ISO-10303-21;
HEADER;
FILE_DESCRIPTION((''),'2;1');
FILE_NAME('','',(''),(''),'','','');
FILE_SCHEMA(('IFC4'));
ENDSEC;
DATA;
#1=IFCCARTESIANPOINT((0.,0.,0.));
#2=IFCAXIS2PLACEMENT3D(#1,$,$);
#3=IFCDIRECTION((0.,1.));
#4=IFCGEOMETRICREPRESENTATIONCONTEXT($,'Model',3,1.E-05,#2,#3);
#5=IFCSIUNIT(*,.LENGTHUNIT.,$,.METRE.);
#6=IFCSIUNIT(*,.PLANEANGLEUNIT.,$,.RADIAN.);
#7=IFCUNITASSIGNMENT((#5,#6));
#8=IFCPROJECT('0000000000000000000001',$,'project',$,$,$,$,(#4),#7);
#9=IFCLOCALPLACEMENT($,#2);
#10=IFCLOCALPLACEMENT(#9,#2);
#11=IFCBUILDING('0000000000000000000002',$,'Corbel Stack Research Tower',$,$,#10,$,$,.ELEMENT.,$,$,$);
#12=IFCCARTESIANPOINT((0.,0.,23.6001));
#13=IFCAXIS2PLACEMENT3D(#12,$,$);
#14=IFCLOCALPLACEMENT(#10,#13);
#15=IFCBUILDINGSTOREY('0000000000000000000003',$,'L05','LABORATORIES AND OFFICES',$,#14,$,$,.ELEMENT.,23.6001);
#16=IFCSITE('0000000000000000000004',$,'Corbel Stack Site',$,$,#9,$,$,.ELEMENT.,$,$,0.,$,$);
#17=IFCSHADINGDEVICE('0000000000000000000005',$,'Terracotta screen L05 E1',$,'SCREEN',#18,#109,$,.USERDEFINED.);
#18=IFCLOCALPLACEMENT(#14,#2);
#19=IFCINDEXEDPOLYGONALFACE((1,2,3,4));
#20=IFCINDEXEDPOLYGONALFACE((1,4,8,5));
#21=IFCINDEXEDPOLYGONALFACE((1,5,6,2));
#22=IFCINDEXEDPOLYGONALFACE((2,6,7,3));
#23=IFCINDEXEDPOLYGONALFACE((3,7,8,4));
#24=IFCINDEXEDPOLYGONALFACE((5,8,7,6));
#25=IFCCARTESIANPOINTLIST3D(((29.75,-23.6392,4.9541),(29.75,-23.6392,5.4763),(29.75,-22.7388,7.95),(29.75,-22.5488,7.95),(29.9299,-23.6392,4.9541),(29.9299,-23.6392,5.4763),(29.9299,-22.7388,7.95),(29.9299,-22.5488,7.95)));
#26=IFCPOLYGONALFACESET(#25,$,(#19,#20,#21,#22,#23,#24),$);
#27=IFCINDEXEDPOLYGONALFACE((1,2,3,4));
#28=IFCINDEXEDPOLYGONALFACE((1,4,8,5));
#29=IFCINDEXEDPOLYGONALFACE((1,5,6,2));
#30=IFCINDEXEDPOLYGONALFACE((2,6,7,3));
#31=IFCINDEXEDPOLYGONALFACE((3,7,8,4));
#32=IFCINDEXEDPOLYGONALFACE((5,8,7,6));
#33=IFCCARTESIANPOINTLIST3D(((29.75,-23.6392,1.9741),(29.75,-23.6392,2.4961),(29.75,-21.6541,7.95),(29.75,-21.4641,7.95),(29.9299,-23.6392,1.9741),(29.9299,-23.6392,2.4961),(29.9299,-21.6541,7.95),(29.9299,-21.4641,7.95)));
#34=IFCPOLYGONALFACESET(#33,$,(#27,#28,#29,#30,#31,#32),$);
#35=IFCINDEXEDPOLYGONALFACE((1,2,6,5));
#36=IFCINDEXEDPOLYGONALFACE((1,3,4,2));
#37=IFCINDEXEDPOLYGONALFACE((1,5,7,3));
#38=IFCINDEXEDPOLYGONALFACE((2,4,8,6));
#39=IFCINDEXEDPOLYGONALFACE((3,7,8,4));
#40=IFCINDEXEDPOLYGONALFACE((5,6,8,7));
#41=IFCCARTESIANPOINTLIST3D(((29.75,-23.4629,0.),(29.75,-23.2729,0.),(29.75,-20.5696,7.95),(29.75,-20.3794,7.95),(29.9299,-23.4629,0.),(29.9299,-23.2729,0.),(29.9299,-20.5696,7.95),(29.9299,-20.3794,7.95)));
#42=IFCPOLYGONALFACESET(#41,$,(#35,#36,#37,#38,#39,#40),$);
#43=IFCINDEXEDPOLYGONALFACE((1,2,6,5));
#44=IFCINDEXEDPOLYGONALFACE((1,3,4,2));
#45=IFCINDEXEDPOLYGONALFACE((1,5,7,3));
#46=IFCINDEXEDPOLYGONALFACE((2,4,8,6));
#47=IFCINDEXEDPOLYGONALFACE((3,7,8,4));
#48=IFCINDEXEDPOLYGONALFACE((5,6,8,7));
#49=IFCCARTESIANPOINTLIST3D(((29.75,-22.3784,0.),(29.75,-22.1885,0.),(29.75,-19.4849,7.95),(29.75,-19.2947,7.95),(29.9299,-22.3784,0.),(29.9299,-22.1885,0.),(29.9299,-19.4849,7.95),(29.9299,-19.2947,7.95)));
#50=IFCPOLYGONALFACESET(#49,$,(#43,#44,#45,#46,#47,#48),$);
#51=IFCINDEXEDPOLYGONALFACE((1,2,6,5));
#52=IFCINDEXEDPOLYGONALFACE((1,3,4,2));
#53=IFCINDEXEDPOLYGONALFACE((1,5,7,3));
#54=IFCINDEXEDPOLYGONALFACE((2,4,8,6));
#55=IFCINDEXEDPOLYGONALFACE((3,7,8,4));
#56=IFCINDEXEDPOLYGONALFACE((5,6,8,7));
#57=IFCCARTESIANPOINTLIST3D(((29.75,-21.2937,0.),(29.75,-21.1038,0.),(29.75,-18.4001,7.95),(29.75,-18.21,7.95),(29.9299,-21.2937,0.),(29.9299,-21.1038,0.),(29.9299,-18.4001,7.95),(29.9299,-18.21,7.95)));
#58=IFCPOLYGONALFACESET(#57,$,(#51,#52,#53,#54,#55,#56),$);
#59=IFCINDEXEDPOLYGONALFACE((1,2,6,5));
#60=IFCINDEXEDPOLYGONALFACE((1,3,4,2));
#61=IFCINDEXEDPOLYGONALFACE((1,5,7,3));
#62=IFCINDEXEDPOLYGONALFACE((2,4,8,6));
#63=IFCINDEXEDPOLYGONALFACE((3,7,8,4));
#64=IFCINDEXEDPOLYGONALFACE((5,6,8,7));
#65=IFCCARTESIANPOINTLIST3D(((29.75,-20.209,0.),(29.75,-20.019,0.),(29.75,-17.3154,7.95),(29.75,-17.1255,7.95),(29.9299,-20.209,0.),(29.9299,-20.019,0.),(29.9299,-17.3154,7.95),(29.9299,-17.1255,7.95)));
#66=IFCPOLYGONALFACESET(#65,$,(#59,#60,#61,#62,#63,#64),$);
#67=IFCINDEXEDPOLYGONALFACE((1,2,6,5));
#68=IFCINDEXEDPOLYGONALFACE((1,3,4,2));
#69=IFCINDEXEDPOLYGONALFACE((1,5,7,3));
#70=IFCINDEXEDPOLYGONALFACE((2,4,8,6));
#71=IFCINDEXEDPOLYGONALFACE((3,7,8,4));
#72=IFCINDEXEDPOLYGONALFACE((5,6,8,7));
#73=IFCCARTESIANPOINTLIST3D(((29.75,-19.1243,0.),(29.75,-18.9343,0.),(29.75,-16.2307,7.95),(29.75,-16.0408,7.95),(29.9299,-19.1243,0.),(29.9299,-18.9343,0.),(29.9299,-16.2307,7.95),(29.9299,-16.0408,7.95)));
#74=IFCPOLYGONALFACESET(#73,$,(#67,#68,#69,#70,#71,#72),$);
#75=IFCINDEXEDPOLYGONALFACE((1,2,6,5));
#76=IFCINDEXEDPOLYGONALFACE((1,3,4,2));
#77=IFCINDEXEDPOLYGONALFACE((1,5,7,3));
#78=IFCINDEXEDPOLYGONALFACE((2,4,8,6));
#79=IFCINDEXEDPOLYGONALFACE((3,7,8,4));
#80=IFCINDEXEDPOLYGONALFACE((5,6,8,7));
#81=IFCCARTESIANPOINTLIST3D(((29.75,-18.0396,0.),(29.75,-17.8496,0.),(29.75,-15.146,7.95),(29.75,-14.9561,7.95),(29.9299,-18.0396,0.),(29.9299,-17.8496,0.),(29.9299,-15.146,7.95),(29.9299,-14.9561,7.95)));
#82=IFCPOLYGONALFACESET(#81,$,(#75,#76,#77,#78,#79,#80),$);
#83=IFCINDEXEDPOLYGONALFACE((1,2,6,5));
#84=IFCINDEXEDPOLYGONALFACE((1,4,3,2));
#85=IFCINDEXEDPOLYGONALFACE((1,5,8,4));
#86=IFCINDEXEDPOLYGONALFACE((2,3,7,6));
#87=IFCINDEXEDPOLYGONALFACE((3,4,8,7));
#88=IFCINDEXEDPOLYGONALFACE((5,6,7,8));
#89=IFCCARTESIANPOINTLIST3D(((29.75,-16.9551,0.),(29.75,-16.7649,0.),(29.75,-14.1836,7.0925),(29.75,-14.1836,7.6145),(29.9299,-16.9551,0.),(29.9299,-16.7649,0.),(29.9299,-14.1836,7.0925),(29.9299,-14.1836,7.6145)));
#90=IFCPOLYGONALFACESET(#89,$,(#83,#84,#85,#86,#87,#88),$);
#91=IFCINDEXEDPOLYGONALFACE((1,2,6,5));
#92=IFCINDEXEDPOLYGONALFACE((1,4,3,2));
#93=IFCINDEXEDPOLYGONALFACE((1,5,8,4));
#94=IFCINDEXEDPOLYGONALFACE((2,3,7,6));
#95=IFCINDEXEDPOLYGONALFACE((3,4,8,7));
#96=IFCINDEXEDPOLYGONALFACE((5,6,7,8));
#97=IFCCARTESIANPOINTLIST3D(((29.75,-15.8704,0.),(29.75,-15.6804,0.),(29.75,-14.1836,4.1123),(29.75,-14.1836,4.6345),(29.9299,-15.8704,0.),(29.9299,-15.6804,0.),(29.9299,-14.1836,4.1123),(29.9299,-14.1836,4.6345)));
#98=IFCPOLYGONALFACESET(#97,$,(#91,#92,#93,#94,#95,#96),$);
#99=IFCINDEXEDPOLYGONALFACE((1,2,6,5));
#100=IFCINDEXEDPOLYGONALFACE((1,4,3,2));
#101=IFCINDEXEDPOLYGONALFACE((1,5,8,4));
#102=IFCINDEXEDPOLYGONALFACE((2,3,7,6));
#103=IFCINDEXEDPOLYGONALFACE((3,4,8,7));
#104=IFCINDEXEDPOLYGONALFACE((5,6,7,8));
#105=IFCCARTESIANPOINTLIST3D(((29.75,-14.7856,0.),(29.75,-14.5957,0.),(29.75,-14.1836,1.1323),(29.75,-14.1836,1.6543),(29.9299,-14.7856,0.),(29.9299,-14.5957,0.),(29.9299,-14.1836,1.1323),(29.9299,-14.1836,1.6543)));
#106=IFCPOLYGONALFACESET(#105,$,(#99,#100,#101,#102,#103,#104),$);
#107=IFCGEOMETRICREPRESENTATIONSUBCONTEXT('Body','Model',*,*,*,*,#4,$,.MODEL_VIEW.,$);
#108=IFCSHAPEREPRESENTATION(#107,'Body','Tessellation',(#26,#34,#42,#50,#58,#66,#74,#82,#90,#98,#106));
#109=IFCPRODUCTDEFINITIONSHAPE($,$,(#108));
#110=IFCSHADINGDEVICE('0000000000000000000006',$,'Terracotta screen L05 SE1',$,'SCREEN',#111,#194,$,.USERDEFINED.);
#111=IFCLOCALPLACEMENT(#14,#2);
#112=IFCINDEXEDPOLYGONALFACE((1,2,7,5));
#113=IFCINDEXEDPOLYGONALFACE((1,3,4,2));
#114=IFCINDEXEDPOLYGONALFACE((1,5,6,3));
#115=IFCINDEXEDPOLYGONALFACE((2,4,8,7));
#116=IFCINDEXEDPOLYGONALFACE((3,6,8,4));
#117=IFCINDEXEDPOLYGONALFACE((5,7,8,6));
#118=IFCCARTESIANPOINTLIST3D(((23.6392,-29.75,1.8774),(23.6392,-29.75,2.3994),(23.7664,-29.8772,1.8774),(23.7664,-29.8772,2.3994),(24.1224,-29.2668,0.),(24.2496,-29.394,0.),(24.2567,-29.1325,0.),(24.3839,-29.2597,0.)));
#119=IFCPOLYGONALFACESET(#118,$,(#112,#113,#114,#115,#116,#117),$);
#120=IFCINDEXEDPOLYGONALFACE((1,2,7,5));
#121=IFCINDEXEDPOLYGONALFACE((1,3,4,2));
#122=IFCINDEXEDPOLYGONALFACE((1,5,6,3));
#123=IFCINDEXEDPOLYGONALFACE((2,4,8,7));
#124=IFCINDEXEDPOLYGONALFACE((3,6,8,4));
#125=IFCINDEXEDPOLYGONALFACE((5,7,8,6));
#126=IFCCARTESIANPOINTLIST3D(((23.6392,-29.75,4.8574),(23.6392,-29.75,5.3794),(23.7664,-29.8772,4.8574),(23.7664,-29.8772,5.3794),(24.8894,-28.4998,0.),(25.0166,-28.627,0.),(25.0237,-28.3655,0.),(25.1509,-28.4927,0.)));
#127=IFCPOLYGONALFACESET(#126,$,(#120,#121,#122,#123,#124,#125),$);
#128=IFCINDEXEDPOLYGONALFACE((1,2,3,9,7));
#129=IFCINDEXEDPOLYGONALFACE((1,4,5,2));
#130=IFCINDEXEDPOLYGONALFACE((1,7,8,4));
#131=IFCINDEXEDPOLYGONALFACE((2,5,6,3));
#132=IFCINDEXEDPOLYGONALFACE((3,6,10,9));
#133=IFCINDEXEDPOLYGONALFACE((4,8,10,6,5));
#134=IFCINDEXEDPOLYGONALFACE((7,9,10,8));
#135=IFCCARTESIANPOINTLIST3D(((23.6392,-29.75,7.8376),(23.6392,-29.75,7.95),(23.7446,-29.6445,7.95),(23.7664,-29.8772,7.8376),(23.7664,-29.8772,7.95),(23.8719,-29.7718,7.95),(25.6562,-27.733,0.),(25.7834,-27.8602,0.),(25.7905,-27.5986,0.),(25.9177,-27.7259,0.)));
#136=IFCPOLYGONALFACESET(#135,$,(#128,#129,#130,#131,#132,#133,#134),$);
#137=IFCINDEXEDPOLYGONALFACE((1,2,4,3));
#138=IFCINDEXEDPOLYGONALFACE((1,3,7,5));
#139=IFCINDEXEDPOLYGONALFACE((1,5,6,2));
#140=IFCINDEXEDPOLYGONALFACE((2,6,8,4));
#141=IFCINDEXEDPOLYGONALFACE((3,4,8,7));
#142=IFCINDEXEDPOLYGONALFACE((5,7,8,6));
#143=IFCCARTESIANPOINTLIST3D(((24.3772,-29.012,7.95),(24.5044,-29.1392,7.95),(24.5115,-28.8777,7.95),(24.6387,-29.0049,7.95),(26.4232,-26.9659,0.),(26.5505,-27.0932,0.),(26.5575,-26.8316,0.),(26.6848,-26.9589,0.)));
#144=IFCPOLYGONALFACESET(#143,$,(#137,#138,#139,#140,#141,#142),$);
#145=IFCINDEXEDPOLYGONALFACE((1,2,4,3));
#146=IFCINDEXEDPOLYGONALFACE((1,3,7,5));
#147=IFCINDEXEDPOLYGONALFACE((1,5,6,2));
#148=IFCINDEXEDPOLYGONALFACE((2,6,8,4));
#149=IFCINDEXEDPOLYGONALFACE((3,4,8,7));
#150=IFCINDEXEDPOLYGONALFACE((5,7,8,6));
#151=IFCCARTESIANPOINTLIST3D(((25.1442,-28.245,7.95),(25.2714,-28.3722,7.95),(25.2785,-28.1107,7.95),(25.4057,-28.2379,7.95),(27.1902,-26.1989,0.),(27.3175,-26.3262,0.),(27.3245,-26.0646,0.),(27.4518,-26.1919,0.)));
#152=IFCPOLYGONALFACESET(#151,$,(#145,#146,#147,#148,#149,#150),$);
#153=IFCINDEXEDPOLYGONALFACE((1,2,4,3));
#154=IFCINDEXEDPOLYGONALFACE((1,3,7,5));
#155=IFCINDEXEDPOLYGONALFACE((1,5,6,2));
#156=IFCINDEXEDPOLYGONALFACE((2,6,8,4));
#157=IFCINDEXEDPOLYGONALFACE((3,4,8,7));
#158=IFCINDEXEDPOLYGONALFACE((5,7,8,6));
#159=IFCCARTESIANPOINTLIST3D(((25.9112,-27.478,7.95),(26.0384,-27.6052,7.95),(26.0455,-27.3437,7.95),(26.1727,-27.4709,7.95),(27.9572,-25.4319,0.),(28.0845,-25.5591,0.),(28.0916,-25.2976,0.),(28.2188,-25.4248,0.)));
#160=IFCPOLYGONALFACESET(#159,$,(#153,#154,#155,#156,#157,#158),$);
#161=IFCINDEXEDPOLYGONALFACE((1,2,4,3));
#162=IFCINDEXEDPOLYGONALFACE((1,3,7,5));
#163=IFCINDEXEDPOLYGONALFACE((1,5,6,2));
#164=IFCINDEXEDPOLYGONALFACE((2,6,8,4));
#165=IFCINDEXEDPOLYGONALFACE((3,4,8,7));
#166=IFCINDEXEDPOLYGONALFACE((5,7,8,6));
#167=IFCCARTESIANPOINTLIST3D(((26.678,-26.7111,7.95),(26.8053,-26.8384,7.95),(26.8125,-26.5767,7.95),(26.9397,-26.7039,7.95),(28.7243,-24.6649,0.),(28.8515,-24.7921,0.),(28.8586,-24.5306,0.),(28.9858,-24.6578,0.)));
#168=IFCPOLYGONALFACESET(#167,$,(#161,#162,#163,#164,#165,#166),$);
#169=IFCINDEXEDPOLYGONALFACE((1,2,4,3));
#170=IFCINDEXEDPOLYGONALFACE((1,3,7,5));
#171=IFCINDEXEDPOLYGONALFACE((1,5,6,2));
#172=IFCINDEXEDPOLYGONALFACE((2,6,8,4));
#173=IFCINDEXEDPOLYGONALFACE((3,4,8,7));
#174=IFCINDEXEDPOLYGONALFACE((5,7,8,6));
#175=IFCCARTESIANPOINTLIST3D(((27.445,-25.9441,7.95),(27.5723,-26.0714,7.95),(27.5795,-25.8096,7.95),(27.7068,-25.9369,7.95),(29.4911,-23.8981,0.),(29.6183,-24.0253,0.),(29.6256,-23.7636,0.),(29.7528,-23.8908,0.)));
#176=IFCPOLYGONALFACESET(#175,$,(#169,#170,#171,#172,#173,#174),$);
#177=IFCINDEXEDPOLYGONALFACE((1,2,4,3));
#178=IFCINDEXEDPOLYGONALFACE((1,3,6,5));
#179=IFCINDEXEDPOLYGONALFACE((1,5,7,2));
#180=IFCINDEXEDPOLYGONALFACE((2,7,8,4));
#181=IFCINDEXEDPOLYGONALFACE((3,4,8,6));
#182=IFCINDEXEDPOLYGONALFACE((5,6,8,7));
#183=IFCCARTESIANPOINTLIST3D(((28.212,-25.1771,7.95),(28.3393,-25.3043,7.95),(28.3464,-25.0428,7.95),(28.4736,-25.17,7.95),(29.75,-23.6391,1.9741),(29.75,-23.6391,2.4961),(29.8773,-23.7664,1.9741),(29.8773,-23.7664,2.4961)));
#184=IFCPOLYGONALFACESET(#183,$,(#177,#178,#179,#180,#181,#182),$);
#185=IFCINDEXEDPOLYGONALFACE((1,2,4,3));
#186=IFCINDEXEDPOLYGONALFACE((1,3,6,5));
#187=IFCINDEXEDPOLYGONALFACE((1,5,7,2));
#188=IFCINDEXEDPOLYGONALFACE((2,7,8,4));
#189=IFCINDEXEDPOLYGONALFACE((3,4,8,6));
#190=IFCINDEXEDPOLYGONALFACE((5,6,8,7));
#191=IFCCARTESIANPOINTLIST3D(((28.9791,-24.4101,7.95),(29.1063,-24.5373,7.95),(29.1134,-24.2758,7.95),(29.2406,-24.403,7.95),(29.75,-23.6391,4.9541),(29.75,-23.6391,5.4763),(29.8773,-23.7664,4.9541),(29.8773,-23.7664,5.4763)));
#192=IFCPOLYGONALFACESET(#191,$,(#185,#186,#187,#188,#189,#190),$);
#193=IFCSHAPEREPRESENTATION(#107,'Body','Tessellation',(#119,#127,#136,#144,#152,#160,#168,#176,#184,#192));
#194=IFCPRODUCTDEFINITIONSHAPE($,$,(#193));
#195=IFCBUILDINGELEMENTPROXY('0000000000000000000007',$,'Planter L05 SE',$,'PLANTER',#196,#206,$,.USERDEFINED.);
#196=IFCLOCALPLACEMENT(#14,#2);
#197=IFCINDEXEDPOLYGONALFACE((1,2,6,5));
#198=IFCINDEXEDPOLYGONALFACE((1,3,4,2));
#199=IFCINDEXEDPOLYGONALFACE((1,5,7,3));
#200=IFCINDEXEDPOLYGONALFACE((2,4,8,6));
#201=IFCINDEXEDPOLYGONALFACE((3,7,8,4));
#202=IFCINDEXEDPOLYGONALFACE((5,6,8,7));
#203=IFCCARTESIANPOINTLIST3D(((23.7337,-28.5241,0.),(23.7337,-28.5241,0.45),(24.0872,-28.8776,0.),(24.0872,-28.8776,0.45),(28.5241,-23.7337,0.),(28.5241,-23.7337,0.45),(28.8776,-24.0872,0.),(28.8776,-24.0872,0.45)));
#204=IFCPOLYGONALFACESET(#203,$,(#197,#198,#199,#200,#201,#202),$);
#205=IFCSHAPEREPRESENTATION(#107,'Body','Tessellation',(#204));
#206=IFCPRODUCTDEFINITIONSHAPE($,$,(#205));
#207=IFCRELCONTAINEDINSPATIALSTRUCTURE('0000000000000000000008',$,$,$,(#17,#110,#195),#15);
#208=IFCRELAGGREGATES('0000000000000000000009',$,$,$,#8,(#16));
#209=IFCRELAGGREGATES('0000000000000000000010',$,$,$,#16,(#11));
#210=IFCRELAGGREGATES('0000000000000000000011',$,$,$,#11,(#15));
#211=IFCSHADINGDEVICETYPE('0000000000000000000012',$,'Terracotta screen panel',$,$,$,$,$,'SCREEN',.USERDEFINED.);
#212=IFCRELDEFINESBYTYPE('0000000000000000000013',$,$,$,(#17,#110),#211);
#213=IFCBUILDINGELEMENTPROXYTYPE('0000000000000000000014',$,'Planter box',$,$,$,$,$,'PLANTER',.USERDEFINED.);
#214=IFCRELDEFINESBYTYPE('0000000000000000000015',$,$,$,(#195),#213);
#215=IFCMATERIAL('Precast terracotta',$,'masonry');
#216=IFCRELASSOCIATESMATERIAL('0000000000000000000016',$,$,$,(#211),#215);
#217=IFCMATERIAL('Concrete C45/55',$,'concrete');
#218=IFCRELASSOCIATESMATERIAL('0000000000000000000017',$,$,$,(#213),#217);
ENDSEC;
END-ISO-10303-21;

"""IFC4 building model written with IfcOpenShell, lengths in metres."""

from ifc_helpers import new_model, si_unit, direction, frame, origin, origin_2d, place, context, subcontext, project, spatial, polyline, rectangle, outline, extrude, source, transform, mapped, material, type_object, element, save


model = new_model("IFC4")

# Units and contexts
model_context = context("Model", 3, precision=1e-05, world=origin(), true_north=direction((0.0, 1.0)))
body_context = subcontext(model_context, "Body", "Model", "MODEL_VIEW")
ifc_project = project(units=[si_unit("LENGTHUNIT", "METRE"), si_unit("PLANEANGLEUNIT", "RADIAN")], contexts=[model_context])

# Site, building, storey
site_placement = place(None, origin())
site = spatial("IfcSite", under=ifc_project, at=site_placement, Name="Corbel Stack Site", CompositionType="ELEMENT", RefElevation=0.0)
building_placement = place(site_placement, origin())
building = spatial("IfcBuilding", under=site, at=building_placement, Name="Corbel Stack Research Tower", CompositionType="ELEMENT")
storey_placement = place(building_placement, frame((0.0, 0.0, 23.6001)))
storey = spatial("IfcBuildingStorey", under=building, at=storey_placement, Name="L05", Description="LABORATORIES AND OFFICES", CompositionType="ELEMENT", Elevation=23.6001)

# Shading devices
ifc_material_1 = material(Name="Precast terracotta", Category="masonry")
shading_device_type = type_object("IfcShadingDeviceType", Name="Terracotta screen panel", ElementType="SCREEN", PredefinedType="USERDEFINED", material=ifc_material_1)
shared_shape_1 = source(origin(), body_context, "Body", "SweptSolid", [
    extrude(outline(polyline([(1.0903, 7.95), (0.9004, 7.95), (0.0, 5.4763), (0.0, 4.9541), (1.0903, 7.95)])), frame((0.0, 0.0, 0.0), z_axis=(0.0, -1.0, 0.0), x_axis=(1.0, 0.0, 0.0)), (0.0, 0.0, 1.0), 0.1799),
    extrude(outline(polyline([(2.175, 7.95), (1.9851, 7.95), (0.0, 2.4961), (0.0, 1.9741), (2.175, 7.95)])), frame((0.0, 0.0, 0.0), z_axis=(0.0, -1.0, 0.0), x_axis=(1.0, 0.0, 0.0)), (0.0, 0.0, 1.0), 0.1799),
    extrude(outline(polyline([(0.3662, 0.0), (3.2598, 7.95), (3.0696, 7.95), (0.1763, 0.0), (0.3662, 0.0)])), frame((0.0, 0.0, 0.0), z_axis=(0.0, -1.0, 0.0), x_axis=(1.0, 0.0, 0.0)), (0.0, 0.0, 1.0), 0.1799),
    extrude(outline(polyline([(1.4507, 0.0), (4.3445, 7.95), (4.1543, 7.95), (1.2607, 0.0), (1.4507, 0.0)])), frame((0.0, 0.0, 0.0), z_axis=(0.0, -1.0, 0.0), x_axis=(1.0, 0.0, 0.0)), (0.0, 0.0, 1.0), 0.1799),
    extrude(outline(polyline([(2.5354, 0.0), (5.4292, 7.95), (5.239, 7.95), (2.3455, 0.0), (2.5354, 0.0)])), frame((0.0, 0.0, 0.0), z_axis=(0.0, -1.0, 0.0), x_axis=(1.0, 0.0, 0.0)), (0.0, 0.0, 1.0), 0.1799),
    extrude(outline(polyline([(3.6201, 0.0), (6.5137, 7.95), (6.3237, 7.95), (3.4302, 0.0), (3.6201, 0.0)])), frame((0.0, 0.0, 0.0), z_axis=(0.0, -1.0, 0.0), x_axis=(1.0, 0.0, 0.0)), (0.0, 0.0, 1.0), 0.1799),
    extrude(outline(polyline([(4.7048, 0.0), (7.5984, 7.95), (7.4084, 7.95), (4.5149, 0.0), (4.7048, 0.0)])), frame((0.0, 0.0, 0.0), z_axis=(0.0, -1.0, 0.0), x_axis=(1.0, 0.0, 0.0)), (0.0, 0.0, 1.0), 0.1799),
    extrude(outline(polyline([(5.7896, 0.0), (8.6831, 7.95), (8.4932, 7.95), (5.5996, 0.0), (5.7896, 0.0)])), frame((0.0, 0.0, 0.0), z_axis=(0.0, -1.0, 0.0), x_axis=(1.0, 0.0, 0.0)), (0.0, 0.0, 1.0), 0.1799),
    extrude(outline(polyline([(6.8743, 0.0), (9.4556, 7.0925), (9.4556, 7.6145), (6.6841, 0.0), (6.8743, 0.0)])), frame((0.0, 0.0, 0.0), z_axis=(0.0, -1.0, 0.0), x_axis=(1.0, 0.0, 0.0)), (0.0, 0.0, 1.0), 0.1799),
    extrude(outline(polyline([(7.9587, 0.0), (9.4556, 4.1123), (9.4556, 4.6345), (7.7688, 0.0), (7.9587, 0.0)])), frame((0.0, 0.0, 0.0), z_axis=(0.0, -1.0, 0.0), x_axis=(1.0, 0.0, 0.0)), (0.0, 0.0, 1.0), 0.1799),
    extrude(outline(polyline([(9.0435, 0.0), (9.4556, 1.1323), (9.4556, 1.6543), (8.8535, 0.0), (9.0435, 0.0)])), frame((0.0, 0.0, 0.0), z_axis=(0.0, -1.0, 0.0), x_axis=(1.0, 0.0, 0.0)), (0.0, 0.0, 1.0), 0.1799),
])
shading_device_1_placement = place(storey_placement, frame((29.75, -23.6392, 0.0), z_axis=(0.0, 0.0, 1.0), x_axis=(0.0, 1.0, 0.0)))
element("IfcShadingDevice", 1, at=shading_device_1_placement, inside=storey, type_object=shading_device_type, Name="Terracotta screen L05 E1", ObjectType="SCREEN", PredefinedType="USERDEFINED", context=body_context, shape_type="MappedRepresentation", body=[
    mapped(shared_shape_1, transform((0.0, 0.0, 0.0))),
])
shared_shape_2 = source(origin(), body_context, "Body", "SweptSolid", [
    extrude(outline(polyline([(0.8733, 0.0), (0.0, 2.3994), (0.0, 1.8774), (0.6833, 0.0), (0.8733, 0.0)])), frame((0.0, 0.0, 0.0), z_axis=(0.0, -1.0, 0.0), x_axis=(1.0, 0.0, 0.0)), (0.0, 0.0, 1.0), 0.1799),
    extrude(outline(polyline([(1.958, 0.0), (0.0, 5.3794), (0.0, 4.8574), (1.7681, 0.0), (1.958, 0.0)])), frame((0.0, 0.0, 0.0), z_axis=(0.0, -1.0, 0.0), x_axis=(1.0, 0.0, 0.0)), (0.0, 0.0, 1.0), 0.1799),
    extrude(outline(polyline([(3.0425, 0.0), (0.1492, 7.95), (0.0, 7.95), (0.0, 7.8376), (2.8525, 0.0), (3.0425, 0.0)])), frame((0.0, 0.0, 0.0), z_axis=(0.0, -1.0, 0.0), x_axis=(1.0, 0.0, 0.0)), (0.0, 0.0, 1.0), 0.1799),
    extrude(outline(polyline([(4.1272, 0.0), (1.2336, 7.95), (1.0437, 7.95), (3.9373, 0.0), (4.1272, 0.0)])), frame((0.0, 0.0, 0.0), z_axis=(0.0, -1.0, 0.0), x_axis=(1.0, 0.0, 0.0)), (0.0, 0.0, 1.0), 0.1799),
    extrude(outline(polyline([(5.2119, 0.0), (2.3184, 7.95), (2.1284, 7.95), (5.022, 0.0), (5.2119, 0.0)])), frame((0.0, 0.0, 0.0), z_axis=(0.0, -1.0, 0.0), x_axis=(1.0, 0.0, 0.0)), (0.0, 0.0, 1.0), 0.1799),
    extrude(outline(polyline([(6.2966, 0.0), (3.4031, 7.95), (3.2131, 7.95), (6.1067, 0.0), (6.2966, 0.0)])), frame((0.0, 0.0, 0.0), z_axis=(0.0, -1.0, 0.0), x_axis=(1.0, 0.0, 0.0)), (0.0, 0.0, 1.0), 0.1799),
    extrude(outline(polyline([(7.3813, 0.0), (4.4878, 7.95), (4.2976, 7.95), (7.1914, 0.0), (7.3813, 0.0)])), frame((0.0, 0.0, 0.0), z_axis=(0.0, -1.0, 0.0), x_axis=(1.0, 0.0, 0.0)), (0.0, 0.0, 1.0), 0.1799),
    extrude(outline(polyline([(8.4661, 0.0), (5.5725, 7.95), (5.3823, 7.95), (8.2759, 0.0), (8.4661, 0.0)])), frame((0.0, 0.0, 0.0), z_axis=(0.0, -1.0, 0.0), x_axis=(1.0, 0.0, 0.0)), (0.0, 0.0, 1.0), 0.1799),
    extrude(outline(polyline([(6.657, 7.95), (6.467, 7.95), (8.6421, 1.9741), (8.6421, 2.4961), (6.657, 7.95)])), frame((0.0, 0.0, 0.0), z_axis=(0.0, -1.0, 0.0), x_axis=(1.0, 0.0, 0.0)), (0.0, 0.0, 1.0), 0.1799),
    extrude(outline(polyline([(7.7417, 7.95), (7.5518, 7.95), (8.6421, 4.9541), (8.6421, 5.4763), (7.7417, 7.95)])), frame((0.0, 0.0, 0.0), z_axis=(0.0, -1.0, 0.0), x_axis=(1.0, 0.0, 0.0)), (0.0, 0.0, 1.0), 0.1799),
])
shading_device_2_placement = place(storey_placement, frame((23.6392, -29.75, 0.0), z_axis=(0.0, 0.0, 1.0), x_axis=(0.707107, 0.707107, 0.0)))
element("IfcShadingDevice", 2, at=shading_device_2_placement, inside=storey, type_object=shading_device_type, Name="Terracotta screen L05 SE1", ObjectType="SCREEN", PredefinedType="USERDEFINED", context=body_context, shape_type="MappedRepresentation", body=[
    mapped(shared_shape_2, transform((0.0, 0.0, 0.0))),
])

# Building element proxy
ifc_material_2 = material(Name="Concrete C45/55", Category="concrete")
building_element_proxy_type = type_object("IfcBuildingElementProxyType", Name="Planter box", ElementType="PLANTER", PredefinedType="USERDEFINED", material=ifc_material_2)
proxy_placement = place(storey_placement, frame((26.3057, -26.3057, 0.0), z_axis=(0.0, 0.0, 1.0), x_axis=(0.707107, 0.707107, 0.0)))
element("IfcBuildingElementProxy", 3, at=proxy_placement, inside=storey, type_object=building_element_proxy_type, Name="Planter L05 SE", ObjectType="PLANTER", PredefinedType="USERDEFINED", context=body_context, shape_type="SweptSolid", body=[
    extrude(rectangle(XDim=6.7747, YDim=0.5, at=origin_2d()), origin(), (0.0, 0.0, 1.0), 0.45),
])

save(model, "model.ifc")
